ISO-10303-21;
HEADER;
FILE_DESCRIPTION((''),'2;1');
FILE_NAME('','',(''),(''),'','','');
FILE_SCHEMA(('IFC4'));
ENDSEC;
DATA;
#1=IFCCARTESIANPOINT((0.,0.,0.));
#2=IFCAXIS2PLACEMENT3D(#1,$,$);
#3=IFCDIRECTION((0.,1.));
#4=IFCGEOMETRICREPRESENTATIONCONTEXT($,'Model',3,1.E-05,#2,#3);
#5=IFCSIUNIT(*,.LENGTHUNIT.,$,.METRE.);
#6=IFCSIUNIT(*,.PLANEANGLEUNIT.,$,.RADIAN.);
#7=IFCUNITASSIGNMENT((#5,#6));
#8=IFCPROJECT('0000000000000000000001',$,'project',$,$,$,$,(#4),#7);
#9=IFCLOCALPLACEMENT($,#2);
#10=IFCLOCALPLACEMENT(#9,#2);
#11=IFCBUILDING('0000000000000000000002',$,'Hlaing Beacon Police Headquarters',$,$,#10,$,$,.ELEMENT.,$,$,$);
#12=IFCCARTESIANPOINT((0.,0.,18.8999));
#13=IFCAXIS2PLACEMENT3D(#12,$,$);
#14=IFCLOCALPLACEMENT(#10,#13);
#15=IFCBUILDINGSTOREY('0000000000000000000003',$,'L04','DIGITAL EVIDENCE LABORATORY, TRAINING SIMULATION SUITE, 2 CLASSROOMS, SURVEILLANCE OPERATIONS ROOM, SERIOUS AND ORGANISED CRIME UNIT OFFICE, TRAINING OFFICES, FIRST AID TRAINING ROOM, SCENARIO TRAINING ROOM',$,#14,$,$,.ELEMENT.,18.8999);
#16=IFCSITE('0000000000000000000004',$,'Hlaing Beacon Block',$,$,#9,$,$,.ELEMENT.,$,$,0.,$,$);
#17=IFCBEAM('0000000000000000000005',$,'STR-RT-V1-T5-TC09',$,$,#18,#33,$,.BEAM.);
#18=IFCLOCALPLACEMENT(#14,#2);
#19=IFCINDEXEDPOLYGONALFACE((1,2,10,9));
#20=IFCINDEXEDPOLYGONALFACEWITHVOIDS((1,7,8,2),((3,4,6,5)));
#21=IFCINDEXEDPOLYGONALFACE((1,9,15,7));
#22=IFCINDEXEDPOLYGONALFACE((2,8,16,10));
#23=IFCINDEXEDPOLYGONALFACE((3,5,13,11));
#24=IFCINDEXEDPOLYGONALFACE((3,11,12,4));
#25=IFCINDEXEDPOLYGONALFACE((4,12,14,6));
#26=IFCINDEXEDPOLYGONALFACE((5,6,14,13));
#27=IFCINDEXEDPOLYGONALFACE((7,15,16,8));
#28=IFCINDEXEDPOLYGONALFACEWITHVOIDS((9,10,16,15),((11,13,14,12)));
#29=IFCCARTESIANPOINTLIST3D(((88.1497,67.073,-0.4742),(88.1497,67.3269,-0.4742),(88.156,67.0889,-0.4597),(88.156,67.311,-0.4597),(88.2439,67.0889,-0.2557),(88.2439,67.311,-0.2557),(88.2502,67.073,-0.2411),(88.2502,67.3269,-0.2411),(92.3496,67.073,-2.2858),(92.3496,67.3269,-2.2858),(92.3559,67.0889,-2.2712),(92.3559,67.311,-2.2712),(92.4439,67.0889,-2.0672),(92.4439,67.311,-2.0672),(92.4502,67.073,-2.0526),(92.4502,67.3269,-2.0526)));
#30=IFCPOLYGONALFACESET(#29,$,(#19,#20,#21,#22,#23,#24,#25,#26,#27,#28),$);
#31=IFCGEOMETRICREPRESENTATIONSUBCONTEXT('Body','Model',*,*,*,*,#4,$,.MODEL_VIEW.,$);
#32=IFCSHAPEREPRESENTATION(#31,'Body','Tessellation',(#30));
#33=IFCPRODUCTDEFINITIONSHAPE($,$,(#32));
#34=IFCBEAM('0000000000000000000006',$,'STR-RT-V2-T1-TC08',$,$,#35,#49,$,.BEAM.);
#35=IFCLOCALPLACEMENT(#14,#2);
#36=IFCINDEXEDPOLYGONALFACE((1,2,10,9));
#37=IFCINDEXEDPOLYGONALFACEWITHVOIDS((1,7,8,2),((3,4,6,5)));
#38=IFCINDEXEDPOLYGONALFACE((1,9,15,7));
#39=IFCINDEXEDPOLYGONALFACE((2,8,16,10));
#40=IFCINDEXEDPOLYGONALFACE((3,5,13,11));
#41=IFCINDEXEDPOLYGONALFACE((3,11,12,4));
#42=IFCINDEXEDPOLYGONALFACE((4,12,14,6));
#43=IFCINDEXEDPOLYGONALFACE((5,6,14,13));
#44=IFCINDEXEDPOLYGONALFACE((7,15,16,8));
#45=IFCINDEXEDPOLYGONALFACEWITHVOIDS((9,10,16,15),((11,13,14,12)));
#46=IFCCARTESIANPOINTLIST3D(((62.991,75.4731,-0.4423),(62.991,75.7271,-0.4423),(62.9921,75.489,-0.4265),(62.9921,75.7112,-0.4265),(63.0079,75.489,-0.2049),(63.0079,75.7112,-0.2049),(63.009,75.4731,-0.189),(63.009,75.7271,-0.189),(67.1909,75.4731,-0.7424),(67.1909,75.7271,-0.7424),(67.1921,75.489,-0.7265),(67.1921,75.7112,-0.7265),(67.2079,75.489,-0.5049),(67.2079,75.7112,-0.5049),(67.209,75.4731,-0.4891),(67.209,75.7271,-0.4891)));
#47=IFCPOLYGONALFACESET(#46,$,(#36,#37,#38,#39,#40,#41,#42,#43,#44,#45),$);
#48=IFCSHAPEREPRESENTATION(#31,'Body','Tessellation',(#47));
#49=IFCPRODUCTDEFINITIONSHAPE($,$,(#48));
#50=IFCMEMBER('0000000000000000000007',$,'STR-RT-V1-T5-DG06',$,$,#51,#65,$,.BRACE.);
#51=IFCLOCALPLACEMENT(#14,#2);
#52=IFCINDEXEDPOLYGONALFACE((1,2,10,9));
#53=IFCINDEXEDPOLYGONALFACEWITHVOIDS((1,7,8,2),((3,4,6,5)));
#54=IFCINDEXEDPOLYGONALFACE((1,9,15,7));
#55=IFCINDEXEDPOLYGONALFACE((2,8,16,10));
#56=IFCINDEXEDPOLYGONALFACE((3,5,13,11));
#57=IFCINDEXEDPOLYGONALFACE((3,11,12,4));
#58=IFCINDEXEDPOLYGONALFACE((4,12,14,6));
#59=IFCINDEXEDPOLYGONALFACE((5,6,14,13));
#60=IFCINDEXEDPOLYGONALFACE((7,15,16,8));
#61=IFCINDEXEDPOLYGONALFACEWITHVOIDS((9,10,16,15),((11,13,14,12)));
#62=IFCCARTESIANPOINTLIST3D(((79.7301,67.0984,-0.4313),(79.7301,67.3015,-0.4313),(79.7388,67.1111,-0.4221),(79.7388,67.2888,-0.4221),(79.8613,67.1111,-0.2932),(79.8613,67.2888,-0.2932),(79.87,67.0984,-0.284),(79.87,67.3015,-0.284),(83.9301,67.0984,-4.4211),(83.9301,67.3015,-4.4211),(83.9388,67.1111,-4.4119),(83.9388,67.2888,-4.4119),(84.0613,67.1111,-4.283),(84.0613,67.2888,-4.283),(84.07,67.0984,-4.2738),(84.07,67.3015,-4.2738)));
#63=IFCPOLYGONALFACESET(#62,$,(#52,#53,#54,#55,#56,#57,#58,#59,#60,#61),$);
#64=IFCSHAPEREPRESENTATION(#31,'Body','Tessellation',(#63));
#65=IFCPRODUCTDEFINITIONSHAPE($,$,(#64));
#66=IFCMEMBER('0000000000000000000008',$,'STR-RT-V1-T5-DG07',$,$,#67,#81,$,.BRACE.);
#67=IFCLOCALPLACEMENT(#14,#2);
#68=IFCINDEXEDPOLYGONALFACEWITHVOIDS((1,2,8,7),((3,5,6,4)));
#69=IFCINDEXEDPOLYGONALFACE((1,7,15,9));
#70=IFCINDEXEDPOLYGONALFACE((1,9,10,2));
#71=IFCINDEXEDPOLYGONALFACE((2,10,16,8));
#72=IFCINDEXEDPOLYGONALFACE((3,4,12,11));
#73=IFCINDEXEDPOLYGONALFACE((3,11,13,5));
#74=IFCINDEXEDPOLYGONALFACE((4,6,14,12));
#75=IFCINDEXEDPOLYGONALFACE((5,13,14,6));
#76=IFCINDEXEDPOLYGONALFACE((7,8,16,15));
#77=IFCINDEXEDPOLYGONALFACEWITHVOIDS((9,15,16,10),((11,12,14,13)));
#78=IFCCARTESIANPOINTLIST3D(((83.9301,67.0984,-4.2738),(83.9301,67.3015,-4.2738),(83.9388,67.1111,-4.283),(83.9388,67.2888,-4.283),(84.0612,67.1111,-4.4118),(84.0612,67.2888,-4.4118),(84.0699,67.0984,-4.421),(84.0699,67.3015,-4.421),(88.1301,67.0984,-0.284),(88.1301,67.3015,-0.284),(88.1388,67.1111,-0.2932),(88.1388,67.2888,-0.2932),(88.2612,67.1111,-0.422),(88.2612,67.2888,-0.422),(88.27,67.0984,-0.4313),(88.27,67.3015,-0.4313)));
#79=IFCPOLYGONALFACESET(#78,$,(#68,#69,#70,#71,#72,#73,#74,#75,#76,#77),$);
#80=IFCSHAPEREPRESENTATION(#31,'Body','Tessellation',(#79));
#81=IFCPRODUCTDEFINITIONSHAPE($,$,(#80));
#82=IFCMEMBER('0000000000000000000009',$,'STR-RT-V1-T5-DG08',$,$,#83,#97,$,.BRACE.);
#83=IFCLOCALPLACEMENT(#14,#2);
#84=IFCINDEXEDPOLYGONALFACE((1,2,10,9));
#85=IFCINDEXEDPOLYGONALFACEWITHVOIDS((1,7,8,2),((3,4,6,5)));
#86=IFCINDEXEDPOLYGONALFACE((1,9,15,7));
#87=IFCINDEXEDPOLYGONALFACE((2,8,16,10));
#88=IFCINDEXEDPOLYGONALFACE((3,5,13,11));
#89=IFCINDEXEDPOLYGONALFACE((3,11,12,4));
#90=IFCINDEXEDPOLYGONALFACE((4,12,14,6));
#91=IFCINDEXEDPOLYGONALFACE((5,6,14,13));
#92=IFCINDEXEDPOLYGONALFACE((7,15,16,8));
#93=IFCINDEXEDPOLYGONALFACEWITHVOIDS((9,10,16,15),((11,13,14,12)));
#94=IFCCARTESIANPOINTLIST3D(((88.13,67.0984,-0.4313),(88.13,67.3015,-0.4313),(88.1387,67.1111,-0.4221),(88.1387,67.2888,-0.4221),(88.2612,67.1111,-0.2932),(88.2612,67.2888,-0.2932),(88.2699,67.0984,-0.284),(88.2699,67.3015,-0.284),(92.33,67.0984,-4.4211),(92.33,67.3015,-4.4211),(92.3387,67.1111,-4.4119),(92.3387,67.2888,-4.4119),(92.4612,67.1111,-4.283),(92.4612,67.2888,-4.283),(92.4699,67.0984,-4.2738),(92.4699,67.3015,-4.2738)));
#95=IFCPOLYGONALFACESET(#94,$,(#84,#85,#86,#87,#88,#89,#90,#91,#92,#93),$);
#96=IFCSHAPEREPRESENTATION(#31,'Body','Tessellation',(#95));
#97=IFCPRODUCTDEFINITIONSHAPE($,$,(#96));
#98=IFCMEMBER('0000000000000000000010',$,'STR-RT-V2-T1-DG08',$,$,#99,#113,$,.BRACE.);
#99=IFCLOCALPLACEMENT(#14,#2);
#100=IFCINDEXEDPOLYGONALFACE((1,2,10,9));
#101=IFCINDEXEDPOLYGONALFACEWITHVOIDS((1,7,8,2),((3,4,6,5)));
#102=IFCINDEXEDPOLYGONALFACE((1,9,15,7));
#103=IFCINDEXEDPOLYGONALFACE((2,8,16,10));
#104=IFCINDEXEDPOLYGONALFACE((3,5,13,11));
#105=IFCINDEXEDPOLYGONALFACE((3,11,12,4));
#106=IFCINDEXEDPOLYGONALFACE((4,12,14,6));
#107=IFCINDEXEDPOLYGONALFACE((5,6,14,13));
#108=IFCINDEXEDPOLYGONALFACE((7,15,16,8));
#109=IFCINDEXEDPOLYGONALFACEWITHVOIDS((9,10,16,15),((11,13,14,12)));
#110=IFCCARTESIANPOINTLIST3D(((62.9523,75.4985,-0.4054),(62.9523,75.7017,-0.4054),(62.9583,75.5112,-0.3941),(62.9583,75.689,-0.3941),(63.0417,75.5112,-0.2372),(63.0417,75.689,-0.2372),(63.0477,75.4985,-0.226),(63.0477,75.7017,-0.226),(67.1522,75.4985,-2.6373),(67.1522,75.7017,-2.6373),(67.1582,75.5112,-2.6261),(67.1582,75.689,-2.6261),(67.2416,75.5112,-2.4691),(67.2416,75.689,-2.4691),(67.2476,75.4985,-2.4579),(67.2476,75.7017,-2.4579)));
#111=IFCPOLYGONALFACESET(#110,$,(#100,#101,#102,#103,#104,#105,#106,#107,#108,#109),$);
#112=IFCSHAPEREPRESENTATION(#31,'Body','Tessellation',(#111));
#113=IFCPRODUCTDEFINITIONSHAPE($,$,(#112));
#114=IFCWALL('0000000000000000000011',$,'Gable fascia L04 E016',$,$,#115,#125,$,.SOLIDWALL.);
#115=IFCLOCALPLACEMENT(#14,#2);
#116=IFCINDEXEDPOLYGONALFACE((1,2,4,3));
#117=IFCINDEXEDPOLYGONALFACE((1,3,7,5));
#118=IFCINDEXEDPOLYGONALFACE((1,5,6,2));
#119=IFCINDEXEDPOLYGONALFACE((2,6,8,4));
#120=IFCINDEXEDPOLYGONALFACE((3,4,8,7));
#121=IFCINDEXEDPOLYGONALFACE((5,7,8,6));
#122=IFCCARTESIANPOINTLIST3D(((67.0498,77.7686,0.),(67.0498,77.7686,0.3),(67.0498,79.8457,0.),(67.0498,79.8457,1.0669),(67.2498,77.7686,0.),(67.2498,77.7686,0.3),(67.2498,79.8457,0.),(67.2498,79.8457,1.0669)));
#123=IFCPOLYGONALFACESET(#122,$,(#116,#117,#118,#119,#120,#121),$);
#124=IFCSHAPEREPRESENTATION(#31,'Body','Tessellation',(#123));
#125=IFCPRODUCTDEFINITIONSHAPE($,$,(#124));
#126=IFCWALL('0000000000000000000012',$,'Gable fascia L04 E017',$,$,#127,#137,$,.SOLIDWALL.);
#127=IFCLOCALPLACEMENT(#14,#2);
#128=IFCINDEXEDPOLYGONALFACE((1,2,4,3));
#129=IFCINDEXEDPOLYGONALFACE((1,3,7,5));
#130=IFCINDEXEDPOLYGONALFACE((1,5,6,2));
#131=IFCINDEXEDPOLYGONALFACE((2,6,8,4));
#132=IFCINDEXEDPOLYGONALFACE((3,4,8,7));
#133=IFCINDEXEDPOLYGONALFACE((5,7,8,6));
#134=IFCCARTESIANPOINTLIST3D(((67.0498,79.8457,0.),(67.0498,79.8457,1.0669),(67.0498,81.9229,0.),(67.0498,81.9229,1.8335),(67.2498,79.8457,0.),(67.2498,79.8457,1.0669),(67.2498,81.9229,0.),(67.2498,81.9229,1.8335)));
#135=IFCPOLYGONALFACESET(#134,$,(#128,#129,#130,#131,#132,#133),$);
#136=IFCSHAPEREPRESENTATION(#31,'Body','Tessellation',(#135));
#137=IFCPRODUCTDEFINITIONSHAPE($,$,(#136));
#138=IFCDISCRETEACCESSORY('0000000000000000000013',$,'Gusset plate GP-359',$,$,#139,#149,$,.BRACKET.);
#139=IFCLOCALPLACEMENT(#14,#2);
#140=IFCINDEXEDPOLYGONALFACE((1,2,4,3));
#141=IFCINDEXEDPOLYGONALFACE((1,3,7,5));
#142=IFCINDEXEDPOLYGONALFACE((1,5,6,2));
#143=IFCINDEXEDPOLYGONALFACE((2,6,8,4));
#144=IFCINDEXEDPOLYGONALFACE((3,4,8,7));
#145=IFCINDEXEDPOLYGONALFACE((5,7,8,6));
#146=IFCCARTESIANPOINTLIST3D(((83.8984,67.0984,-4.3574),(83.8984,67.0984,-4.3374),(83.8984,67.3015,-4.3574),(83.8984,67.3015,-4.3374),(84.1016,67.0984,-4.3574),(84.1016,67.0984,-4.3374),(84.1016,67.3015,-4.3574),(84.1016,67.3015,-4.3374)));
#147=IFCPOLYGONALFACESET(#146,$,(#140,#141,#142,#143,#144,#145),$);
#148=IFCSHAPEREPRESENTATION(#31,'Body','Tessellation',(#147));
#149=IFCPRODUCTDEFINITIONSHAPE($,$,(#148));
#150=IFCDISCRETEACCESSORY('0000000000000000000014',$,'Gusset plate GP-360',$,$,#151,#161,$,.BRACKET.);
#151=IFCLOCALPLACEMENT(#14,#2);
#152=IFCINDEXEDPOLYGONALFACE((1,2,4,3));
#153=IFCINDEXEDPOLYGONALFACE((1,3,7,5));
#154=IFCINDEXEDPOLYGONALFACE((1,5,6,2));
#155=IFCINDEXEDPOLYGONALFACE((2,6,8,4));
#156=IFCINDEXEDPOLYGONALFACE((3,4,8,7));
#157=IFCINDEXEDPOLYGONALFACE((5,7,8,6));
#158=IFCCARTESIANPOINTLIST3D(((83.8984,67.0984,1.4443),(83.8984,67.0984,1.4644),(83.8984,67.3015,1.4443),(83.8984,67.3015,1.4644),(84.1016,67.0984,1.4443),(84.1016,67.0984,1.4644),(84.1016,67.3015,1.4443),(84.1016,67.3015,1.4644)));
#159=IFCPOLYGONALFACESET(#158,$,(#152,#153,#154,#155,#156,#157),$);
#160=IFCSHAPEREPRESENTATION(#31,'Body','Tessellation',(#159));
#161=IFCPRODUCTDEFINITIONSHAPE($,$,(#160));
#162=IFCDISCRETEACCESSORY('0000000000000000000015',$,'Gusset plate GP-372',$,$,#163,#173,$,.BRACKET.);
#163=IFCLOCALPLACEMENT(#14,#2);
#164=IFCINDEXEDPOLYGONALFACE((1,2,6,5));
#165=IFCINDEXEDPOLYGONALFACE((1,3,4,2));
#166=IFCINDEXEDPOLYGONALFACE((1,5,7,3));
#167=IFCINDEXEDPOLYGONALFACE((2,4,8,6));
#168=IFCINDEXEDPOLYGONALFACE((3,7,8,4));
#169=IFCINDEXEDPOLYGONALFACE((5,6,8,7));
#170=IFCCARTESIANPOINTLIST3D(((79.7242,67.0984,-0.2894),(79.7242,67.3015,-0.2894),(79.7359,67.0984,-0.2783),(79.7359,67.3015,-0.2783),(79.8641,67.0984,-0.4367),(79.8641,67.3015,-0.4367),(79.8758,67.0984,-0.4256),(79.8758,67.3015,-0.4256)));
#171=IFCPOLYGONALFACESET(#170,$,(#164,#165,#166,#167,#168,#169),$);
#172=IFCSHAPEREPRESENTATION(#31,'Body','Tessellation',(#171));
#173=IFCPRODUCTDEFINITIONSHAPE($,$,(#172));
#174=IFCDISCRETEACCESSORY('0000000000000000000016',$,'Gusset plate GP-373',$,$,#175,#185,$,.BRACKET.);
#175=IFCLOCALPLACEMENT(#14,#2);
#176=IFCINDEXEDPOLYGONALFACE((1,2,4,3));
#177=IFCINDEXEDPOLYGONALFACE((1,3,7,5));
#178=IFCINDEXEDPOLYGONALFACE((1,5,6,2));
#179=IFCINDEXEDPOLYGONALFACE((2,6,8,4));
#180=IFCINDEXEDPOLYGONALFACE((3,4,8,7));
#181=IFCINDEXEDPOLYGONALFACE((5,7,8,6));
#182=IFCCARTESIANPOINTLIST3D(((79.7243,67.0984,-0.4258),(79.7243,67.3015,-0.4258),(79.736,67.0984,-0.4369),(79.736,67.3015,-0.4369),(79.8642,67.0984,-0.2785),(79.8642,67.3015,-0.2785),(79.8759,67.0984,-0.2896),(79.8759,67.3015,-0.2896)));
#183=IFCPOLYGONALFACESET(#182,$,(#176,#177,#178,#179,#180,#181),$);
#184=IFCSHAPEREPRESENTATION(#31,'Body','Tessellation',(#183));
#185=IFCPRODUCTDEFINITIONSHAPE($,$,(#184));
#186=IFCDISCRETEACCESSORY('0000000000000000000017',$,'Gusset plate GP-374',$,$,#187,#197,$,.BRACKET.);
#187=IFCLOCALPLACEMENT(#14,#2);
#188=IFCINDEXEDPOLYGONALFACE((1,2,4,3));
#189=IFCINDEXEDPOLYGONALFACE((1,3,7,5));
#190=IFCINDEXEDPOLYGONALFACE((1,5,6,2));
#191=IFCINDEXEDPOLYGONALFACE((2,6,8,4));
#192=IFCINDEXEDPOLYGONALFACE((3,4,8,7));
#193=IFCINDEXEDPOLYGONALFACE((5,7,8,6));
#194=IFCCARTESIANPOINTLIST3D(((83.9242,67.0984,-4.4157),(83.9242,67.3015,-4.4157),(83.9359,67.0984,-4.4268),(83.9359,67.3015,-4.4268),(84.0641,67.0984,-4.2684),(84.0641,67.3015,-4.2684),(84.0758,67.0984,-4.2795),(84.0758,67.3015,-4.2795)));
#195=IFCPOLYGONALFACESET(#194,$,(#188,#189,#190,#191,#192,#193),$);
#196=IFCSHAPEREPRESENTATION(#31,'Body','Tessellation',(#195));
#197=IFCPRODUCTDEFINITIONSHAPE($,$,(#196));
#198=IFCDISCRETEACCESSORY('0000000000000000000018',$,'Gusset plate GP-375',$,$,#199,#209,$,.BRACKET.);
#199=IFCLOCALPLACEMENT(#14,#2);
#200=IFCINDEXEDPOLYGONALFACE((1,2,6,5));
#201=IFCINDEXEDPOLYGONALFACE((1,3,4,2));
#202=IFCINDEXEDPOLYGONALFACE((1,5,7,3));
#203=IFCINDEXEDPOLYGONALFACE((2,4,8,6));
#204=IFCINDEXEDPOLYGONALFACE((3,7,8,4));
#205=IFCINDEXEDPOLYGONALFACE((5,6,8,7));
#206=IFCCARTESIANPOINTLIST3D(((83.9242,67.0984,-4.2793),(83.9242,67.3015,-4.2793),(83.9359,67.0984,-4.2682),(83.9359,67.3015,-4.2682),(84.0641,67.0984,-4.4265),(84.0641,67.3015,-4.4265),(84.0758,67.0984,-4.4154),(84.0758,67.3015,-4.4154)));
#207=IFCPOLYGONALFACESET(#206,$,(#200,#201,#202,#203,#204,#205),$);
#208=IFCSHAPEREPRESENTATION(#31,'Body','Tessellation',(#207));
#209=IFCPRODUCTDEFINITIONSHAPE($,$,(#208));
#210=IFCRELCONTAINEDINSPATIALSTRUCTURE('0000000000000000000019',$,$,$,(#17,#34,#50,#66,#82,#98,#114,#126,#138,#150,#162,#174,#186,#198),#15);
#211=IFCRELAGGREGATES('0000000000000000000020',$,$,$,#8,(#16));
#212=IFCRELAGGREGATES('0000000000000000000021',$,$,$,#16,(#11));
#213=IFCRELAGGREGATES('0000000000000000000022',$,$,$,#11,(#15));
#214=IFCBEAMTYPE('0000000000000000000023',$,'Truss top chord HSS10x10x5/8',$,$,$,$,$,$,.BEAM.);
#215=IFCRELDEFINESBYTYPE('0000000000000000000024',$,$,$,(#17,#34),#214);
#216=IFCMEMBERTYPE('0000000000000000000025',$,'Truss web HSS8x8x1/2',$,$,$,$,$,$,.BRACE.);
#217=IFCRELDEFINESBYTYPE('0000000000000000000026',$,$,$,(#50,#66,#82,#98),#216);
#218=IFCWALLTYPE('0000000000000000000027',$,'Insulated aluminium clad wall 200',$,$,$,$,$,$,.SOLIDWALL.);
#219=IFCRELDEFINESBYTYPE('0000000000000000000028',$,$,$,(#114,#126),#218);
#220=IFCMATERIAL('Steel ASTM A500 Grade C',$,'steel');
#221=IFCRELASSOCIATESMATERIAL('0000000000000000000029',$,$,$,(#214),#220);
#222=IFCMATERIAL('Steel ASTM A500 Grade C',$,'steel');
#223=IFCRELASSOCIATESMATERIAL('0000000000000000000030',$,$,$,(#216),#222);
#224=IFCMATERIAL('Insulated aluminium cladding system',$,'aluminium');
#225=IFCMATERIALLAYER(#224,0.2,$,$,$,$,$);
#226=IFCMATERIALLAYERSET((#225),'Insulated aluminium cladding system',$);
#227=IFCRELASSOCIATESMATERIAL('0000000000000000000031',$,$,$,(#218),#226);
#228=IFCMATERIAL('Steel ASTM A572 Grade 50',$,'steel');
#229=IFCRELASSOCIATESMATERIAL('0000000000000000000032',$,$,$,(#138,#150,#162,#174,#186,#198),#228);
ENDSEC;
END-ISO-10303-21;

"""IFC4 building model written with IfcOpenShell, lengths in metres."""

from ifc_helpers import new_model, si_unit, direction, frame, origin, origin_2d, place, context, subcontext, project, spatial, polyline, rectangle, hollow_rectangle, outline, extrude, material, layer, layer_set, material_profile, profile_set, type_object, element, save


model = new_model("IFC4")

# Units and contexts
model_context = context("Model", 3, precision=1e-05, world=origin(), true_north=direction((0.0, 1.0)))
body_context = subcontext(model_context, "Body", "Model", "MODEL_VIEW")
ifc_project = project(units=[si_unit("LENGTHUNIT", "METRE"), si_unit("PLANEANGLEUNIT", "RADIAN")], contexts=[model_context])

# Site, building, storey
site_placement = place(None, origin())
site = spatial("IfcSite", under=ifc_project, at=site_placement, Name="Hlaing Beacon Block", CompositionType="ELEMENT", RefElevation=0.0)
building_placement = place(site_placement, origin())
building = spatial("IfcBuilding", under=site, at=building_placement, Name="Hlaing Beacon Police Headquarters", CompositionType="ELEMENT")
storey_placement = place(building_placement, frame((0.0, 0.0, 18.8999)))
storey = spatial("IfcBuildingStorey", under=building, at=storey_placement, Name="L04", Description="DIGITAL EVIDENCE LABORATORY, TRAINING SIMULATION SUITE, 2 CLASSROOMS, SURVEILLANCE OPERATIONS ROOM, SERIOUS AND ORGANISED CRIME UNIT OFFICE, TRAINING OFFICES, FIRST AID TRAINING ROOM, SCENARIO TRAINING ROOM", CompositionType="ELEMENT", Elevation=18.8999)

# Beams
ifc_material_1 = material(Name="Steel ASTM A500 Grade C", Category="steel")
ifc_material_profile_1 = material_profile(ifc_material_1, hollow_rectangle(XDim=0.2539, YDim=0.2539, WallThickness=0.0159, at=origin_2d()), Name="HSS10x10x5/8")
ifc_profile_set_1 = profile_set([ifc_material_profile_1], Name="Steel ASTM A500 Grade C")
beam_type_1 = type_object("IfcBeamType", Name="Truss top chord HSS10x10x5/8", PredefinedType="BEAM", material=ifc_profile_set_1)
beam_1_placement = place(storey_placement, frame((88.2, 67.2, -0.3577), z_axis=(0.918229, 0.0, -0.396051), x_axis=(0.0, 1.0, 0.0)))
element("IfcBeam", 1, at=beam_1_placement, inside=storey, type_object=beam_type_1, Name="STR-RT-V1-T5-TC09", PredefinedType="BEAM", context=body_context, shape_type="SweptSolid", body=[
    extrude(hollow_rectangle(XDim=0.2539, YDim=0.2539, WallThickness=0.0159, at=origin_2d()), origin(), (0.0, 0.0, 1.0), 4.574),
])
beam_2_placement = place(storey_placement, frame((63.0, 75.6001, -0.3157), z_axis=(0.997458, 0.0, -0.071259), x_axis=(0.0, 1.0, 0.0)))
element("IfcBeam", 2, at=beam_2_placement, inside=storey, type_object=beam_type_1, Name="STR-RT-V2-T1-TC08", PredefinedType="BEAM", context=body_context, shape_type="SweptSolid", body=[
    extrude(hollow_rectangle(XDim=0.2539, YDim=0.2539, WallThickness=0.0159, at=origin_2d()), origin(), (0.0, 0.0, 1.0), 4.2107),
])

# Members
ifc_material_2 = material(Name="Steel ASTM A500 Grade C", Category="steel")
ifc_material_profile_2 = material_profile(ifc_material_2, hollow_rectangle(XDim=0.2031, YDim=0.2031, WallThickness=0.0127, at=origin_2d()), Name="HSS8x8x1/2")
ifc_profile_set_2 = profile_set([ifc_material_profile_2], Name="Steel ASTM A500 Grade C")
member_type_1 = type_object("IfcMemberType", Name="Truss web HSS8x8x1/2", PredefinedType="BRACE", material=ifc_profile_set_2)
for number, where, z_axis, x_axis, name in (
    (3, (79.8, 67.2, -0.3577), (0.725017, 0.0, -0.688731), (0.0, 1.0, 0.0), "STR-RT-V1-T5-DG06"),
    (4, (84.0, 67.2, -4.3474), (0.725017, 0.0, 0.688731), (0.0, 1.0, 0.0), "STR-RT-V1-T5-DG07"),
    (5, (88.2, 67.2, -0.3577), (0.725017, 0.0, -0.688731), (0.0, 1.0, 0.0), "STR-RT-V1-T5-DG08"),
):
    element("IfcMember", number, at=place(storey_placement, frame(where, z_axis=z_axis, x_axis=x_axis)), inside=storey, type_object=member_type_1, Name=name, PredefinedType="BRACE", context=body_context, shape_type="SweptSolid", body=[
        extrude(hollow_rectangle(XDim=0.2031, YDim=0.2031, WallThickness=0.0127, at=origin_2d()), origin(), (0.0, 0.0, 1.0), 5.793),
    ])
member_1_placement = place(storey_placement, frame((63.0, 75.6001, -0.3157), z_axis=(0.883054, 0.0, -0.469272), x_axis=(0.0, 1.0, 0.0)))
element("IfcMember", 6, at=member_1_placement, inside=storey, type_object=member_type_1, Name="STR-RT-V2-T1-DG08", PredefinedType="BRACE", context=body_context, shape_type="SweptSolid", body=[
    extrude(hollow_rectangle(XDim=0.2031, YDim=0.2031, WallThickness=0.0127, at=origin_2d()), origin(), (0.0, 0.0, 1.0), 4.7561),
])

# Walls
ifc_material_3 = material(Name="Insulated aluminium cladding system", Category="aluminium")
ifc_layer = layer(ifc_material_3, 0.2)
ifc_layer_set = layer_set([ifc_layer], Name="Insulated aluminium cladding system")
wall_type = type_object("IfcWallType", Name="Insulated aluminium clad wall 200", PredefinedType="SOLIDWALL", material=ifc_layer_set)
wall_1_placement = place(storey_placement, frame((67.1499, 77.7686, 0.0), z_axis=(0.0, 0.0, 1.0), x_axis=(0.0, 1.0, 0.0)))
element("IfcWall", 7, at=wall_1_placement, inside=storey, type_object=wall_type, Name="Gable fascia L04 E016", PredefinedType="SOLIDWALL", context=body_context, shape_type="SweptSolid", body=[
    extrude(outline(polyline([(0.0, 0.0), (2.0771, 0.0), (2.0771, 1.0669), (0.0, 0.3), (0.0, 0.0)])), frame((0.0, 0.1001, 0.0), z_axis=(0.0, -1.0, 0.0), x_axis=(1.0, 0.0, 0.0)), (0.0, 0.0, 1.0), 0.2),
])
wall_2_placement = place(storey_placement, frame((67.1499, 79.8457, 0.0), z_axis=(0.0, 0.0, 1.0), x_axis=(0.0, 1.0, 0.0)))
element("IfcWall", 8, at=wall_2_placement, inside=storey, type_object=wall_type, Name="Gable fascia L04 E017", PredefinedType="SOLIDWALL", context=body_context, shape_type="SweptSolid", body=[
    extrude(outline(polyline([(0.0, 0.0), (2.0771, 0.0), (2.0771, 1.8335), (0.0, 1.0669), (0.0, 0.0)])), frame((0.0, 0.1001, 0.0), z_axis=(0.0, -1.0, 0.0), x_axis=(1.0, 0.0, 0.0)), (0.0, 0.0, 1.0), 0.2),
])

# Discrete accessories
ifc_material_4 = material(Name="Steel ASTM A572 Grade 50", Category="steel")
for number, where, z_axis, x_axis, name in (
    (9, (84.0, 67.2, -4.3374), (0.0, 0.0, -1.0), (1.0, 0.0, 0.0), "Gusset plate GP-359"),
    (10, (84.0, 67.2, 1.4443), (0.0, 0.0, 1.0), (1.0, 0.0, 0.0), "Gusset plate GP-360"),
):
    element("IfcDiscreteAccessory", number, at=place(storey_placement, frame(where, z_axis=z_axis, x_axis=x_axis)), inside=storey, material=ifc_material_4, Name=name, PredefinedType="BRACKET", context=body_context, shape_type="SweptSolid", body=[
        extrude(rectangle(XDim=0.2031, YDim=0.2031, at=origin_2d()), origin(), (0.0, 0.0, 1.0), 0.02),
    ])
for number, where, z_axis, x_axis, name in (
    (11, (79.7942, 67.2, -0.363), (0.725017, 0.0, 0.688731), (0.0, 1.0, 0.0), "Gusset plate GP-372"),
    (12, (79.8059, 67.2, -0.3633), (-0.725017, 0.0, 0.688731), (0.0, -1.0, 0.0), "Gusset plate GP-373"),
    (13, (83.9941, 67.2, -4.342), (0.725017, 0.0, -0.688731), (0.0, 1.0, 0.0), "Gusset plate GP-374"),
    (14, (84.0059, 67.2, -4.3418), (-0.725017, 0.0, -0.688731), (0.0, -1.0, 0.0), "Gusset plate GP-375"),
):
    element("IfcDiscreteAccessory", number, at=place(storey_placement, frame(where, z_axis=z_axis, x_axis=x_axis)), inside=storey, material=ifc_material_4, Name=name, PredefinedType="BRACKET", context=body_context, shape_type="SweptSolid", body=[
        extrude(rectangle(XDim=0.2031, YDim=0.2031, at=origin_2d()), origin(), (0.0, 0.0, 1.0), 0.0161),
    ])

save(model, "model.ifc")
